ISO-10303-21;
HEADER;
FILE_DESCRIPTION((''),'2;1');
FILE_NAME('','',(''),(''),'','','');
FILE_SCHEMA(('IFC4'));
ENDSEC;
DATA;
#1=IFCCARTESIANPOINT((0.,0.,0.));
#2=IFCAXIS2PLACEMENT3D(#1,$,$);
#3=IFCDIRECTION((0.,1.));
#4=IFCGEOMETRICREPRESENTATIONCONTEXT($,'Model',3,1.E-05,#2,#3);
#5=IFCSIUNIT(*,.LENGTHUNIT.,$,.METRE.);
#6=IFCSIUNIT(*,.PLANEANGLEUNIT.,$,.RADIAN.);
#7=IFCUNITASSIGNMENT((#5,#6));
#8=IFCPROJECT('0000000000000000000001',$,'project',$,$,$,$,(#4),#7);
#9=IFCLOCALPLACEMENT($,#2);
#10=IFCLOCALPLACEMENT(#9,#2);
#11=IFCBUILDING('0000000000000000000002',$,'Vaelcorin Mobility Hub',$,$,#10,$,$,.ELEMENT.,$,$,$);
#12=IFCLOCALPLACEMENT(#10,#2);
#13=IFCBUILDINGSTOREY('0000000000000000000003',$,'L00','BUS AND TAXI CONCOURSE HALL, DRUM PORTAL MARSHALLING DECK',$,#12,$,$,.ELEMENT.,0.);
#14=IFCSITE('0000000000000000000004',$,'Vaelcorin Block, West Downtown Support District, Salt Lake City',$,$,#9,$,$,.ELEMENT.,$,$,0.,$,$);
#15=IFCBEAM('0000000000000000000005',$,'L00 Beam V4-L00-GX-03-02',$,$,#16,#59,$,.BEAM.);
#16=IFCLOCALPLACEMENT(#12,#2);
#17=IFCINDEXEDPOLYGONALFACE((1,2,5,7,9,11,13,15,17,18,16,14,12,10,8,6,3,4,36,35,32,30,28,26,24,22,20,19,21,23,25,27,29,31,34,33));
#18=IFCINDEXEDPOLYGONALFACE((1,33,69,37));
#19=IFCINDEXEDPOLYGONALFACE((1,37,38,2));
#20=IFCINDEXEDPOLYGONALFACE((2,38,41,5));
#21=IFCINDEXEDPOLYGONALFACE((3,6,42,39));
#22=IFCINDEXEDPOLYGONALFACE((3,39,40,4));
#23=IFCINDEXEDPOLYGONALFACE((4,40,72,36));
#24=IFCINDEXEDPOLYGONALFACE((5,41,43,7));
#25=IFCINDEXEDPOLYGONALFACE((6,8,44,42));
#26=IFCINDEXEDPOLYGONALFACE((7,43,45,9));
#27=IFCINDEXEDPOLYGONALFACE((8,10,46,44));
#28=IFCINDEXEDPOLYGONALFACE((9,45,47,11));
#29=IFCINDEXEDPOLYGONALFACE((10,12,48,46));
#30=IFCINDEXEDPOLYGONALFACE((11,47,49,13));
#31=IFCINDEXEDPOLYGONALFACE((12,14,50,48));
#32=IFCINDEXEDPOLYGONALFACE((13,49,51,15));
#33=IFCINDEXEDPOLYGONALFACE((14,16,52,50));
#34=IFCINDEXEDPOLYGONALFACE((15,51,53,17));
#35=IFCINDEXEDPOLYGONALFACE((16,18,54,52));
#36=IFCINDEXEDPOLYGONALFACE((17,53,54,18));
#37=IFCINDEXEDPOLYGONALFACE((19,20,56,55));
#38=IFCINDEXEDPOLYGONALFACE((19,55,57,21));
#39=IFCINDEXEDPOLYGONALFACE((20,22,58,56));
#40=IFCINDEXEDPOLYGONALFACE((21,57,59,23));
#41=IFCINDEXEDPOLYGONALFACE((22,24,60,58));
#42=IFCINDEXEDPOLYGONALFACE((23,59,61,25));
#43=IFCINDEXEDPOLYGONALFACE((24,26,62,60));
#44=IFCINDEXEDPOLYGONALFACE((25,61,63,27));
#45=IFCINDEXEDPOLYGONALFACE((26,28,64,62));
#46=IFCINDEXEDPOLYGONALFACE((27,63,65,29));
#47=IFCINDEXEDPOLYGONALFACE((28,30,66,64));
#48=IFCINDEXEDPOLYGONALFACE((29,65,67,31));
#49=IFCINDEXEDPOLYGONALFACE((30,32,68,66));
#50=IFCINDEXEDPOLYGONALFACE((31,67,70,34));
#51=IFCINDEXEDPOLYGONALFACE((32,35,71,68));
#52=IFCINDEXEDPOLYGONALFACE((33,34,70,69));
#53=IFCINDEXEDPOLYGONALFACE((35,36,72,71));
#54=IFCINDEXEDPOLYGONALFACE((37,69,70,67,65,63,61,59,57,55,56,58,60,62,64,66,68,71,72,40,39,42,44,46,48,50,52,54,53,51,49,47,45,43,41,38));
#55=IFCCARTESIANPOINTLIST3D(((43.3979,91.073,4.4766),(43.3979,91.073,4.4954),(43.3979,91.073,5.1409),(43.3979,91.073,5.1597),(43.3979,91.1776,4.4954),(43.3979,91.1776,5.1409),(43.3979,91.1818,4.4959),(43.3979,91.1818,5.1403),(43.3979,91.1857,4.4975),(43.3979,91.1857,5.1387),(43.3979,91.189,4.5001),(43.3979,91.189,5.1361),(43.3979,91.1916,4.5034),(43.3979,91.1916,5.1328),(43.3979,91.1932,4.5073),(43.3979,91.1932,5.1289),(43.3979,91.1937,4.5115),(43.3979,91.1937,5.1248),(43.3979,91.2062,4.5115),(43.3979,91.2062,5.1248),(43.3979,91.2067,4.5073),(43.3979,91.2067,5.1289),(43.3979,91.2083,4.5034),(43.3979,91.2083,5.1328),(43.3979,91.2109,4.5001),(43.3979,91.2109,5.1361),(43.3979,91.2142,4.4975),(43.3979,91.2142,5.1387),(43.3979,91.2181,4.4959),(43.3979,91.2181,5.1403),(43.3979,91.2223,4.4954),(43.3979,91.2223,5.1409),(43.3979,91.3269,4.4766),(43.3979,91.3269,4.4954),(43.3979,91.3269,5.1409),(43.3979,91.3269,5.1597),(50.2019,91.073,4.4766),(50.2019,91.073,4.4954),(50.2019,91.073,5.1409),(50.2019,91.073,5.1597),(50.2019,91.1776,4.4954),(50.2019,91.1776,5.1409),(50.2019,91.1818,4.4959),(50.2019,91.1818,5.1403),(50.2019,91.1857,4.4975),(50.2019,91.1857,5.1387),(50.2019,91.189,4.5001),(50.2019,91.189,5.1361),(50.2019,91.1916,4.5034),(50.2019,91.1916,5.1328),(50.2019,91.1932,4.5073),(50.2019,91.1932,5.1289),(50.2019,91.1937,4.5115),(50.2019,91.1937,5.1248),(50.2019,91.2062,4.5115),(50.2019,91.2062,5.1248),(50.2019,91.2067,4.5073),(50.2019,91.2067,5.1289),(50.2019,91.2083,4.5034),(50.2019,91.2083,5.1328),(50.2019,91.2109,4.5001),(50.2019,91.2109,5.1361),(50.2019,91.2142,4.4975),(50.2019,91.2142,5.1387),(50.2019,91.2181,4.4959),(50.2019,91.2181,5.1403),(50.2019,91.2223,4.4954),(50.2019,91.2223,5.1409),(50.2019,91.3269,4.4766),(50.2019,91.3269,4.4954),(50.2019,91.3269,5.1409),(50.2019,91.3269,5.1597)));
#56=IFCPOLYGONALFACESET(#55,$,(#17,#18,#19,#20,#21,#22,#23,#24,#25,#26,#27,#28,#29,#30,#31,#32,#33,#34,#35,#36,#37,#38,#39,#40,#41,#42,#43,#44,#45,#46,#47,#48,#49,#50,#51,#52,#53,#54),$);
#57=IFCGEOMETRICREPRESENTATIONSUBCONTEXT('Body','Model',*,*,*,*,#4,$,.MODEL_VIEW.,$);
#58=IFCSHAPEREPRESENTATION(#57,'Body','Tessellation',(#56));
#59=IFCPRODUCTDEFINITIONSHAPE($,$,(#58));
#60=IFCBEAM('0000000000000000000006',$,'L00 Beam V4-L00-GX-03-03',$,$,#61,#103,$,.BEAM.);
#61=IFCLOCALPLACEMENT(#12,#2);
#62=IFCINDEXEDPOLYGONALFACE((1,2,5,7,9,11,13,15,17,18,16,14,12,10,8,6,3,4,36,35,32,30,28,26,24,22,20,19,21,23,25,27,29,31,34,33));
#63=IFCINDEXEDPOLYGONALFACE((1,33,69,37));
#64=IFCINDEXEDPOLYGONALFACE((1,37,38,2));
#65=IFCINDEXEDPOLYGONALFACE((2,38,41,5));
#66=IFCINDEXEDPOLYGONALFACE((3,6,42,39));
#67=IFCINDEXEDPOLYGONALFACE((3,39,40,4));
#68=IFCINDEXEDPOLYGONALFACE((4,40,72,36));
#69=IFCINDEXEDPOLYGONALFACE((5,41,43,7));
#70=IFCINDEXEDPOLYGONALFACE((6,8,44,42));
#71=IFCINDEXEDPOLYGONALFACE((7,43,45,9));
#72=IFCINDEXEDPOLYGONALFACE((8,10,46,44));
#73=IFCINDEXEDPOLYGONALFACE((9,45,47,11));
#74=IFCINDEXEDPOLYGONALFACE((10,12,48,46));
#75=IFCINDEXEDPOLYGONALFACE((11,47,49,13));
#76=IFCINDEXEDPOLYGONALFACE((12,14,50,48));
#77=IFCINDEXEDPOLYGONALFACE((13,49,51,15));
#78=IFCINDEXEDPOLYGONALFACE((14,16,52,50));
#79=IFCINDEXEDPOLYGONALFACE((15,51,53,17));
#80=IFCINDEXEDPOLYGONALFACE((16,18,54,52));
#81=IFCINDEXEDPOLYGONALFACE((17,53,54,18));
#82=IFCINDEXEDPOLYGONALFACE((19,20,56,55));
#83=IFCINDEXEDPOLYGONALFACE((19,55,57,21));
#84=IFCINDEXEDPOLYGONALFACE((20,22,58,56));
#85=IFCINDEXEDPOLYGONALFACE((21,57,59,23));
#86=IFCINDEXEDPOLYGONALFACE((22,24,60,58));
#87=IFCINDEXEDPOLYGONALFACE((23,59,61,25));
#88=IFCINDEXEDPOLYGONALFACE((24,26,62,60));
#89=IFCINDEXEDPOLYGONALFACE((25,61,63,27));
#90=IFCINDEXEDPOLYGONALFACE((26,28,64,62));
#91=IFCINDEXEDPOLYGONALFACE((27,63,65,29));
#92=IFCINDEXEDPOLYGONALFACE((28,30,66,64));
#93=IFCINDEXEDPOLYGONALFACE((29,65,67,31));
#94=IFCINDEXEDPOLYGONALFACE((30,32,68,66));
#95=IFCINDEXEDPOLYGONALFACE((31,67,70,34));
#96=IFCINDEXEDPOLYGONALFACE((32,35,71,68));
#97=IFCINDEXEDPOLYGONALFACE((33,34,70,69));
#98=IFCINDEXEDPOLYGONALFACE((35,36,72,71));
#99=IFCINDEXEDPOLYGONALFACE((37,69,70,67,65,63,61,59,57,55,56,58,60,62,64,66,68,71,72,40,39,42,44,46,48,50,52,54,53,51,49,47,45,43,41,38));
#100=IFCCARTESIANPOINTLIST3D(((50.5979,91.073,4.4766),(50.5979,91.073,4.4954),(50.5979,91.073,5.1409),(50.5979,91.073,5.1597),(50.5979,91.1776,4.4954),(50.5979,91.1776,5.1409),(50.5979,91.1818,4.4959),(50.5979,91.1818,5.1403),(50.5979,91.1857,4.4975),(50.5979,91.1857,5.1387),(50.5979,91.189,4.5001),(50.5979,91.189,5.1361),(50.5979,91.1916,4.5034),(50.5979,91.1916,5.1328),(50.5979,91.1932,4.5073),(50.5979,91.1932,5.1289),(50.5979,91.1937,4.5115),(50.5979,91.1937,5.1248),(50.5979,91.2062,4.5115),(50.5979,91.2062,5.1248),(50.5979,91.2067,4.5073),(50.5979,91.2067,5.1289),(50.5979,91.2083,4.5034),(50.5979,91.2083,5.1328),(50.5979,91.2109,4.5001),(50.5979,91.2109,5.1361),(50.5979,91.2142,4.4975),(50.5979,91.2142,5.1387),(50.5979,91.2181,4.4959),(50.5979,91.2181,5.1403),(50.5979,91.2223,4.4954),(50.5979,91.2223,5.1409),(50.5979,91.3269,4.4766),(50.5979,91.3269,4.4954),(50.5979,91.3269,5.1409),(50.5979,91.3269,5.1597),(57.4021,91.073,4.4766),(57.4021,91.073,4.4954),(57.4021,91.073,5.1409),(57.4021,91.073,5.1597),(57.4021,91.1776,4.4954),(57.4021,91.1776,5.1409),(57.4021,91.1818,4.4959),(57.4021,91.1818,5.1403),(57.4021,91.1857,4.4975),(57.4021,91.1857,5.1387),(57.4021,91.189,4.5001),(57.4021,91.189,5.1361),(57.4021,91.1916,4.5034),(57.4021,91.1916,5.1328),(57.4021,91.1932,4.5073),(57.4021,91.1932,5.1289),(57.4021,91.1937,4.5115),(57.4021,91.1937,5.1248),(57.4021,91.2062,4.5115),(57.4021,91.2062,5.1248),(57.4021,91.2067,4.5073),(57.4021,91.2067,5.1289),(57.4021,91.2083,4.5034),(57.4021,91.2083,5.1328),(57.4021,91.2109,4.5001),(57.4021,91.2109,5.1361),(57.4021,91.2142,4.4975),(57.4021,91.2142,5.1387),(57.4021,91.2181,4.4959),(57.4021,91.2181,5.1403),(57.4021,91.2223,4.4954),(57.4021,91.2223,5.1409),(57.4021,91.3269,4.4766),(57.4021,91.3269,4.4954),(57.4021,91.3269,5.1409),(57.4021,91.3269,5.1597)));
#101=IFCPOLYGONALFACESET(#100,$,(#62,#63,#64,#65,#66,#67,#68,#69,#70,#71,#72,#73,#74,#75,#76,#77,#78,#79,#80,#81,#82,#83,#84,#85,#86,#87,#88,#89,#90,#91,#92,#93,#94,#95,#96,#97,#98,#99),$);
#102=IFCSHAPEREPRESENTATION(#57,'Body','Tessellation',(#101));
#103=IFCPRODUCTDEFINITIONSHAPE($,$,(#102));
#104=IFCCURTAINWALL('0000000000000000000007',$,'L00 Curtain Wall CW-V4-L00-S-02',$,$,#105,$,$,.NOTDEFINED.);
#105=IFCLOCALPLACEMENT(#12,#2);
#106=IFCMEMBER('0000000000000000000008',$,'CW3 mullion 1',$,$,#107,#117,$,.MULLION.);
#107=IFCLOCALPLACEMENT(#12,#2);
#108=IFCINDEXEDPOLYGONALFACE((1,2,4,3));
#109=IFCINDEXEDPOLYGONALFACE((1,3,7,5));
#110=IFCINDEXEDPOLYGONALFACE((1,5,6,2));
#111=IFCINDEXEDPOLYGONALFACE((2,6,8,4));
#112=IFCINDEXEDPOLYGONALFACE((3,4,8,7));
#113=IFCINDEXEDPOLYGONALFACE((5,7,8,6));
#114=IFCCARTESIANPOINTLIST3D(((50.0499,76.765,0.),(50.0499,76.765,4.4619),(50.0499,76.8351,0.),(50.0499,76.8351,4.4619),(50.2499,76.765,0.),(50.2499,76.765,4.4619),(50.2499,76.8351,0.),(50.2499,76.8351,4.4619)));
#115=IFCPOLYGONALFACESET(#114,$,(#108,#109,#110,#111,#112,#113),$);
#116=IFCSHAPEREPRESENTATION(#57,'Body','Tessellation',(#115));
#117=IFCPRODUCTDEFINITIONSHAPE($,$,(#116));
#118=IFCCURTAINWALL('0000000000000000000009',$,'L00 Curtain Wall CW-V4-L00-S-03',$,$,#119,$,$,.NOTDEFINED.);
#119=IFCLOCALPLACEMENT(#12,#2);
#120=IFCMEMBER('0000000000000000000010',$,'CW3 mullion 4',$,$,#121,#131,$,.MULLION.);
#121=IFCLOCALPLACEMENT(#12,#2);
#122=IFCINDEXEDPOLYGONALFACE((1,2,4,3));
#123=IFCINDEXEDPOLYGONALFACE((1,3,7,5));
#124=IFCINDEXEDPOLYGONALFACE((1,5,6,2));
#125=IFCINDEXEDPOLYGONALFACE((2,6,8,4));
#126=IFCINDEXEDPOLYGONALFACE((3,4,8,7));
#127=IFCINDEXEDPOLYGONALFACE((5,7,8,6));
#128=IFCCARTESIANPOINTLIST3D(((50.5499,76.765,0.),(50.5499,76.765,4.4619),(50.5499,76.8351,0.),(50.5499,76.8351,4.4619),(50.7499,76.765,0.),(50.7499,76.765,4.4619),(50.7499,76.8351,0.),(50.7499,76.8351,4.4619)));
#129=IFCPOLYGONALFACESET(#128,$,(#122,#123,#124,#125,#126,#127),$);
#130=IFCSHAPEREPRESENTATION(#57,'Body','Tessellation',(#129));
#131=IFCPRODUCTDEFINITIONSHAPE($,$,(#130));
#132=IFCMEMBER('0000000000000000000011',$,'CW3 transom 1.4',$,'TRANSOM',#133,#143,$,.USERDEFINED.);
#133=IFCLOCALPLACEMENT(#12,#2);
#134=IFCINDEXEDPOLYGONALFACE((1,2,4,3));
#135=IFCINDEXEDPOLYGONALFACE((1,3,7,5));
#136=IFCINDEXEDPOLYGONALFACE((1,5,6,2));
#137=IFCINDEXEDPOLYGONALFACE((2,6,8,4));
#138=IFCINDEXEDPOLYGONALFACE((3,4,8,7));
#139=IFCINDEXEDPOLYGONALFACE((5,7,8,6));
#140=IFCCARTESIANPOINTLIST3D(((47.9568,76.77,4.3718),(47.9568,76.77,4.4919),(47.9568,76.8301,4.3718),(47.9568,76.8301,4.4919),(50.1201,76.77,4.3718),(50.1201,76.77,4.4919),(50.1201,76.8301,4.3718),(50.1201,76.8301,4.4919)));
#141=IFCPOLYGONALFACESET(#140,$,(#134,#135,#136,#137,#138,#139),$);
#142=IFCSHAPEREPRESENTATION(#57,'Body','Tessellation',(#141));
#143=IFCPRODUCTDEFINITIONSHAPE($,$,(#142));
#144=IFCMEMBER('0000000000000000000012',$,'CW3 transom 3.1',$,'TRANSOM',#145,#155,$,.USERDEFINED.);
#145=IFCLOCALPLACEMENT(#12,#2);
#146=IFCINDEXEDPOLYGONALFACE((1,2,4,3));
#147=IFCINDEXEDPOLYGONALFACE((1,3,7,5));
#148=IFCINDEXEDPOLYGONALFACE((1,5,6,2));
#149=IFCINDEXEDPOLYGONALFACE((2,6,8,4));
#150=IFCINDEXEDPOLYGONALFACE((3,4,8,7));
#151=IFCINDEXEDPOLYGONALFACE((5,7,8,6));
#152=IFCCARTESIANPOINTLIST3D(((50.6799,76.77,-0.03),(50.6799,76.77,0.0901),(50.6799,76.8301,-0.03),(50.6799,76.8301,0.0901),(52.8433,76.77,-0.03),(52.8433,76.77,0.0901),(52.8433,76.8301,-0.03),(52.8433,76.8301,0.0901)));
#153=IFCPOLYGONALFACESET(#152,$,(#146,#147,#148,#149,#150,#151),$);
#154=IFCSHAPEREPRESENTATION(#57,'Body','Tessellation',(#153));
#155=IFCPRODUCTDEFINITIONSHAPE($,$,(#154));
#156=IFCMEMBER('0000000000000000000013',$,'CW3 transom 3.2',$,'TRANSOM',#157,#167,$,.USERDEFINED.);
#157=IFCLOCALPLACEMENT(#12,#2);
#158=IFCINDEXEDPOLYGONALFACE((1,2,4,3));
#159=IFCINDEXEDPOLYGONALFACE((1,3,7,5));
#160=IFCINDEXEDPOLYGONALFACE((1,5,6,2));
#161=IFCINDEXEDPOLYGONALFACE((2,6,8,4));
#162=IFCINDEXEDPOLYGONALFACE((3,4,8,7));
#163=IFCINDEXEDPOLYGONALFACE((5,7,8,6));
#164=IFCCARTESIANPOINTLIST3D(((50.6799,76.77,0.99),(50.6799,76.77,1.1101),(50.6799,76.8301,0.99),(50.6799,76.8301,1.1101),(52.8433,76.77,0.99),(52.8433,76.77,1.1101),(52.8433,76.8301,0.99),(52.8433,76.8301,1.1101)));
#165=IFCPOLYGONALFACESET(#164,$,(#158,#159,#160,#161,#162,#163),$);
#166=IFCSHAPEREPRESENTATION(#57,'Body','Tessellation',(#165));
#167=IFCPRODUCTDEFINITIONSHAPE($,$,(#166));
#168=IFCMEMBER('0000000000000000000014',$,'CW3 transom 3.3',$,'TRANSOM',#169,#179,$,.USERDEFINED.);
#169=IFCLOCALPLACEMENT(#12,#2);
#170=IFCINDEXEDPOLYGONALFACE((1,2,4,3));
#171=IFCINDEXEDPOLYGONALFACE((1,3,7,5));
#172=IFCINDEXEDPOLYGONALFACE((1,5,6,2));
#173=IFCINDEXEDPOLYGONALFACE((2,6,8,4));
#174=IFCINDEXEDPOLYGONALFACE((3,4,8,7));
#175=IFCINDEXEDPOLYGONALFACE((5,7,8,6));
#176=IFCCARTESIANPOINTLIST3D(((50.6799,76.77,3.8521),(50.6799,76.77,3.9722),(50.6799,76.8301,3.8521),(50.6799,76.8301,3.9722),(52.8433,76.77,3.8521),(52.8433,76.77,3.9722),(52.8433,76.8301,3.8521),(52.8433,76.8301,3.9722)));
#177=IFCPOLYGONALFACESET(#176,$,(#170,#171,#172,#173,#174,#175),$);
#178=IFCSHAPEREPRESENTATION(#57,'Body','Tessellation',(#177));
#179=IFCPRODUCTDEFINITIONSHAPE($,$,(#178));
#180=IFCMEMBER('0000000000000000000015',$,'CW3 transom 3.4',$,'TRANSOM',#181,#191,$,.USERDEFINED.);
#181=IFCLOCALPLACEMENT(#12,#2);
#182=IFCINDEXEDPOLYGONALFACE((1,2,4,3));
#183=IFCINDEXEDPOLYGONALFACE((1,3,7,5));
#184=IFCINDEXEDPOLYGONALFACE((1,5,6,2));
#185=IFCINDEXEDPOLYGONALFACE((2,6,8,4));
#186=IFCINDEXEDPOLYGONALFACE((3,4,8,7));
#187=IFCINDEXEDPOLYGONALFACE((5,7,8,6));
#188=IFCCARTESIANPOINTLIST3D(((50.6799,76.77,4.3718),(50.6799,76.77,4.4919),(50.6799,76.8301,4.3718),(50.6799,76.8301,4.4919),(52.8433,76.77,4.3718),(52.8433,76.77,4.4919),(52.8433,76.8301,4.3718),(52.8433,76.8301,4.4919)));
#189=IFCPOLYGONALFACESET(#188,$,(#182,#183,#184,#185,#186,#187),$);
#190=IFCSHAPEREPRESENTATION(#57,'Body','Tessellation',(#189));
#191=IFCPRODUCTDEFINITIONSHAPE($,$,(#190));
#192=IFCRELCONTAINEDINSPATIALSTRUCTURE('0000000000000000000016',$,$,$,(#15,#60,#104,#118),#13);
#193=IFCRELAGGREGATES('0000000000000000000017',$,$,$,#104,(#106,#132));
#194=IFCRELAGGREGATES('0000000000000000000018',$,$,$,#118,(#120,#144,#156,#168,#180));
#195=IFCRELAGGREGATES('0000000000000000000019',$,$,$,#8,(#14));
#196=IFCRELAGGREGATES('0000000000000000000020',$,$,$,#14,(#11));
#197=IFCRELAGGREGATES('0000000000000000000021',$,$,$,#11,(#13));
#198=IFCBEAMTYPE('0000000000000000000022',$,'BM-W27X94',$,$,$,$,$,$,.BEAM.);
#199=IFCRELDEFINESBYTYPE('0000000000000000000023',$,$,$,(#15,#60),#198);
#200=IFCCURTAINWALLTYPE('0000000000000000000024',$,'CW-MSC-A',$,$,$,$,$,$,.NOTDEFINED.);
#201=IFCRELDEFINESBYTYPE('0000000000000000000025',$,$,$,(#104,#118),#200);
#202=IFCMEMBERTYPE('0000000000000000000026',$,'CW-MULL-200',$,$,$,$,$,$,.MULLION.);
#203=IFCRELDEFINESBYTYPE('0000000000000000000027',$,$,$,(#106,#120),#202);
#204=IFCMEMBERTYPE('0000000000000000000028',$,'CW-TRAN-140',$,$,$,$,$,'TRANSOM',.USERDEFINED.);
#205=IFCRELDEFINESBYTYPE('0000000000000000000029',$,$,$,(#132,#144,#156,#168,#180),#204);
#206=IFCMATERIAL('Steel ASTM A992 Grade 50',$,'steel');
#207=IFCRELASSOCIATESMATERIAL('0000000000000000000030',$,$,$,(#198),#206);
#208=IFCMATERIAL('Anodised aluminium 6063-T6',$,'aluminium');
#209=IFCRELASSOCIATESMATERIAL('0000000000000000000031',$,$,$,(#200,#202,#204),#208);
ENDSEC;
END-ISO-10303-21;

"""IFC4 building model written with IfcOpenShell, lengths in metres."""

from ifc_helpers import new_model, si_unit, direction, frame, origin, origin_2d, place, context, subcontext, project, spatial, rectangle, i_section, extrude, material, material_profile, profile_set, type_object, element, aggregate, save


model = new_model("IFC4")

# Units and contexts
model_context = context("Model", 3, precision=1e-05, world=origin(), true_north=direction((0.0, 1.0)))
body_context = subcontext(model_context, "Body", "Model", "MODEL_VIEW")
ifc_project = project(units=[si_unit("LENGTHUNIT", "METRE"), si_unit("PLANEANGLEUNIT", "RADIAN")], contexts=[model_context])

# Site, building, storey
site_placement = place(None, origin())
site = spatial("IfcSite", under=ifc_project, at=site_placement, Name="Vaelcorin Block, West Downtown Support District, Salt Lake City", CompositionType="ELEMENT", RefElevation=0.0)
building_placement = place(site_placement, origin())
building = spatial("IfcBuilding", under=site, at=building_placement, Name="Vaelcorin Mobility Hub", CompositionType="ELEMENT")
storey_placement = place(building_placement, origin())
storey = spatial("IfcBuildingStorey", under=building, at=storey_placement, Name="L00", Description="BUS AND TAXI CONCOURSE HALL, DRUM PORTAL MARSHALLING DECK", CompositionType="ELEMENT", Elevation=0.0)

# Shared definitions
ifc_material_1 = material(Name="Steel ASTM A992 Grade 50", Category="steel")

# Beams
ifc_material_profile_1 = material_profile(ifc_material_1, i_section(OverallWidth=0.2539, OverallDepth=0.6831, WebThickness=0.0125, FlangeThickness=0.0188, FilletRadius=0.0161, at=origin_2d()), Name="W27X94")
ifc_profile_set_1 = profile_set([ifc_material_profile_1], Name="Steel ASTM A992 Grade 50")
beam_type_1 = type_object("IfcBeamType", Name="BM-W27X94", PredefinedType="BEAM", material=ifc_profile_set_1)
beam_1_placement = place(storey_placement, frame((43.3979, 91.2, 4.8181), z_axis=(1.0, 0.0, 0.0), x_axis=(0.0, 1.0, 0.0)))
element("IfcBeam", 1, at=beam_1_placement, inside=storey, type_object=beam_type_1, Name="L00 Beam V4-L00-GX-03-02", PredefinedType="BEAM", context=body_context, shape_type="SweptSolid", body=[
    extrude(i_section(OverallWidth=0.2539, OverallDepth=0.6831, WebThickness=0.0125, FlangeThickness=0.0188, FilletRadius=0.0161, at=origin_2d()), origin(), (0.0, 0.0, 1.0), 6.804),
])
beam_2_placement = place(storey_placement, frame((50.5979, 91.2, 4.8181), z_axis=(1.0, 0.0, 0.0), x_axis=(0.0, 1.0, 0.0)))
element("IfcBeam", 2, at=beam_2_placement, inside=storey, type_object=beam_type_1, Name="L00 Beam V4-L00-GX-03-03", PredefinedType="BEAM", context=body_context, shape_type="SweptSolid", body=[
    extrude(i_section(OverallWidth=0.2539, OverallDepth=0.6831, WebThickness=0.0125, FlangeThickness=0.0188, FilletRadius=0.0161, at=origin_2d()), origin(), (0.0, 0.0, 1.0), 6.8042),
])

# Curtain walls, members
ifc_material_2 = material(Name="Anodised aluminium 6063-T6", Category="aluminium")
curtain_wall_type = type_object("IfcCurtainWallType", Name="CW-MSC-A", PredefinedType="NOTDEFINED", material=ifc_material_2)
curtain_wall_1_placement = place(storey_placement, origin())
curtain_wall_1 = element("IfcCurtainWall", 3, at=curtain_wall_1_placement, inside=storey, type_object=curtain_wall_type, Name="L00 Curtain Wall CW-V4-L00-S-02", PredefinedType="NOTDEFINED")
ifc_material_profile_2 = material_profile(ifc_material_2, rectangle(XDim=0.0701, YDim=0.2, at=origin_2d()), Name="ALU-M70X200")
ifc_profile_set_2 = profile_set([ifc_material_profile_2], Name="Anodised aluminium 6063-T6")
member_type_1 = type_object("IfcMemberType", Name="CW-MULL-200", PredefinedType="MULLION", material=ifc_profile_set_2)
member_1_placement = place(storey_placement, frame((50.1499, 76.8, 0.0), z_axis=(0.0, 0.0, 1.0), x_axis=(0.0, -1.0, 0.0)))
member_1 = element("IfcMember", 4, at=member_1_placement, type_object=member_type_1, Name="CW3 mullion 1", PredefinedType="MULLION", context=body_context, shape_type="SweptSolid", body=[
    extrude(rectangle(XDim=0.0701, YDim=0.2, at=origin_2d()), origin(), (0.0, 0.0, 1.0), 4.4619),
])
curtain_wall_2_placement = place(storey_placement, origin())
curtain_wall_2 = element("IfcCurtainWall", 5, at=curtain_wall_2_placement, inside=storey, type_object=curtain_wall_type, Name="L00 Curtain Wall CW-V4-L00-S-03", PredefinedType="NOTDEFINED")
member_2_placement = place(storey_placement, frame((50.6499, 76.8, 0.0), z_axis=(0.0, 0.0, 1.0), x_axis=(0.0, -1.0, 0.0)))
member_2 = element("IfcMember", 6, at=member_2_placement, type_object=member_type_1, Name="CW3 mullion 4", PredefinedType="MULLION", context=body_context, shape_type="SweptSolid", body=[
    extrude(rectangle(XDim=0.0701, YDim=0.2, at=origin_2d()), origin(), (0.0, 0.0, 1.0), 4.4619),
])

# Members
ifc_material_profile_3 = material_profile(ifc_material_2, rectangle(XDim=0.0601, YDim=0.1201, at=origin_2d()), Name="ALU-T60X120")
ifc_profile_set_3 = profile_set([ifc_material_profile_3], Name="Anodised aluminium 6063-T6")
member_type_2 = type_object("IfcMemberType", Name="CW-TRAN-140", ElementType="TRANSOM", PredefinedType="USERDEFINED", material=ifc_profile_set_3)
member_3_placement = place(storey_placement, frame((50.1201, 76.8, 4.4319), z_axis=(-1.0, 0.0, 0.0), x_axis=(0.0, -1.0, 0.0)))
member_3 = element("IfcMember", 7, at=member_3_placement, type_object=member_type_2, Name="CW3 transom 1.4", ObjectType="TRANSOM", PredefinedType="USERDEFINED", context=body_context, shape_type="SweptSolid", body=[
    extrude(rectangle(XDim=0.0601, YDim=0.1201, at=origin_2d()), origin(), (0.0, 0.0, 1.0), 2.1633),
])
aggregate(curtain_wall_1, [member_1, member_3])
member_4_placement = place(storey_placement, frame((52.8433, 76.8, 0.03), z_axis=(-1.0, 0.0, 0.0), x_axis=(0.0, -1.0, 0.0)))
member_4 = element("IfcMember", 8, at=member_4_placement, type_object=member_type_2, Name="CW3 transom 3.1", ObjectType="TRANSOM", PredefinedType="USERDEFINED", context=body_context, shape_type="SweptSolid", body=[
    extrude(rectangle(XDim=0.0601, YDim=0.1201, at=origin_2d()), origin(), (0.0, 0.0, 1.0), 2.1633),
])
member_5_placement = place(storey_placement, frame((52.8433, 76.8, 1.05), z_axis=(-1.0, 0.0, 0.0), x_axis=(0.0, -1.0, 0.0)))
member_5 = element("IfcMember", 9, at=member_5_placement, type_object=member_type_2, Name="CW3 transom 3.2", ObjectType="TRANSOM", PredefinedType="USERDEFINED", context=body_context, shape_type="SweptSolid", body=[
    extrude(rectangle(XDim=0.0601, YDim=0.1201, at=origin_2d()), origin(), (0.0, 0.0, 1.0), 2.1633),
])
member_6_placement = place(storey_placement, frame((52.8433, 76.8, 3.9121), z_axis=(-1.0, 0.0, 0.0), x_axis=(0.0, -1.0, 0.0)))
member_6 = element("IfcMember", 10, at=member_6_placement, type_object=member_type_2, Name="CW3 transom 3.3", ObjectType="TRANSOM", PredefinedType="USERDEFINED", context=body_context, shape_type="SweptSolid", body=[
    extrude(rectangle(XDim=0.0601, YDim=0.1201, at=origin_2d()), origin(), (0.0, 0.0, 1.0), 2.1633),
])
member_7_placement = place(storey_placement, frame((52.8433, 76.8, 4.4319), z_axis=(-1.0, 0.0, 0.0), x_axis=(0.0, -1.0, 0.0)))
member_7 = element("IfcMember", 11, at=member_7_placement, type_object=member_type_2, Name="CW3 transom 3.4", ObjectType="TRANSOM", PredefinedType="USERDEFINED", context=body_context, shape_type="SweptSolid", body=[
    extrude(rectangle(XDim=0.0601, YDim=0.1201, at=origin_2d()), origin(), (0.0, 0.0, 1.0), 2.1633),
])

aggregate(curtain_wall_2, [member_2, member_4, member_5, member_6, member_7])

save(model, "model.ifc")
